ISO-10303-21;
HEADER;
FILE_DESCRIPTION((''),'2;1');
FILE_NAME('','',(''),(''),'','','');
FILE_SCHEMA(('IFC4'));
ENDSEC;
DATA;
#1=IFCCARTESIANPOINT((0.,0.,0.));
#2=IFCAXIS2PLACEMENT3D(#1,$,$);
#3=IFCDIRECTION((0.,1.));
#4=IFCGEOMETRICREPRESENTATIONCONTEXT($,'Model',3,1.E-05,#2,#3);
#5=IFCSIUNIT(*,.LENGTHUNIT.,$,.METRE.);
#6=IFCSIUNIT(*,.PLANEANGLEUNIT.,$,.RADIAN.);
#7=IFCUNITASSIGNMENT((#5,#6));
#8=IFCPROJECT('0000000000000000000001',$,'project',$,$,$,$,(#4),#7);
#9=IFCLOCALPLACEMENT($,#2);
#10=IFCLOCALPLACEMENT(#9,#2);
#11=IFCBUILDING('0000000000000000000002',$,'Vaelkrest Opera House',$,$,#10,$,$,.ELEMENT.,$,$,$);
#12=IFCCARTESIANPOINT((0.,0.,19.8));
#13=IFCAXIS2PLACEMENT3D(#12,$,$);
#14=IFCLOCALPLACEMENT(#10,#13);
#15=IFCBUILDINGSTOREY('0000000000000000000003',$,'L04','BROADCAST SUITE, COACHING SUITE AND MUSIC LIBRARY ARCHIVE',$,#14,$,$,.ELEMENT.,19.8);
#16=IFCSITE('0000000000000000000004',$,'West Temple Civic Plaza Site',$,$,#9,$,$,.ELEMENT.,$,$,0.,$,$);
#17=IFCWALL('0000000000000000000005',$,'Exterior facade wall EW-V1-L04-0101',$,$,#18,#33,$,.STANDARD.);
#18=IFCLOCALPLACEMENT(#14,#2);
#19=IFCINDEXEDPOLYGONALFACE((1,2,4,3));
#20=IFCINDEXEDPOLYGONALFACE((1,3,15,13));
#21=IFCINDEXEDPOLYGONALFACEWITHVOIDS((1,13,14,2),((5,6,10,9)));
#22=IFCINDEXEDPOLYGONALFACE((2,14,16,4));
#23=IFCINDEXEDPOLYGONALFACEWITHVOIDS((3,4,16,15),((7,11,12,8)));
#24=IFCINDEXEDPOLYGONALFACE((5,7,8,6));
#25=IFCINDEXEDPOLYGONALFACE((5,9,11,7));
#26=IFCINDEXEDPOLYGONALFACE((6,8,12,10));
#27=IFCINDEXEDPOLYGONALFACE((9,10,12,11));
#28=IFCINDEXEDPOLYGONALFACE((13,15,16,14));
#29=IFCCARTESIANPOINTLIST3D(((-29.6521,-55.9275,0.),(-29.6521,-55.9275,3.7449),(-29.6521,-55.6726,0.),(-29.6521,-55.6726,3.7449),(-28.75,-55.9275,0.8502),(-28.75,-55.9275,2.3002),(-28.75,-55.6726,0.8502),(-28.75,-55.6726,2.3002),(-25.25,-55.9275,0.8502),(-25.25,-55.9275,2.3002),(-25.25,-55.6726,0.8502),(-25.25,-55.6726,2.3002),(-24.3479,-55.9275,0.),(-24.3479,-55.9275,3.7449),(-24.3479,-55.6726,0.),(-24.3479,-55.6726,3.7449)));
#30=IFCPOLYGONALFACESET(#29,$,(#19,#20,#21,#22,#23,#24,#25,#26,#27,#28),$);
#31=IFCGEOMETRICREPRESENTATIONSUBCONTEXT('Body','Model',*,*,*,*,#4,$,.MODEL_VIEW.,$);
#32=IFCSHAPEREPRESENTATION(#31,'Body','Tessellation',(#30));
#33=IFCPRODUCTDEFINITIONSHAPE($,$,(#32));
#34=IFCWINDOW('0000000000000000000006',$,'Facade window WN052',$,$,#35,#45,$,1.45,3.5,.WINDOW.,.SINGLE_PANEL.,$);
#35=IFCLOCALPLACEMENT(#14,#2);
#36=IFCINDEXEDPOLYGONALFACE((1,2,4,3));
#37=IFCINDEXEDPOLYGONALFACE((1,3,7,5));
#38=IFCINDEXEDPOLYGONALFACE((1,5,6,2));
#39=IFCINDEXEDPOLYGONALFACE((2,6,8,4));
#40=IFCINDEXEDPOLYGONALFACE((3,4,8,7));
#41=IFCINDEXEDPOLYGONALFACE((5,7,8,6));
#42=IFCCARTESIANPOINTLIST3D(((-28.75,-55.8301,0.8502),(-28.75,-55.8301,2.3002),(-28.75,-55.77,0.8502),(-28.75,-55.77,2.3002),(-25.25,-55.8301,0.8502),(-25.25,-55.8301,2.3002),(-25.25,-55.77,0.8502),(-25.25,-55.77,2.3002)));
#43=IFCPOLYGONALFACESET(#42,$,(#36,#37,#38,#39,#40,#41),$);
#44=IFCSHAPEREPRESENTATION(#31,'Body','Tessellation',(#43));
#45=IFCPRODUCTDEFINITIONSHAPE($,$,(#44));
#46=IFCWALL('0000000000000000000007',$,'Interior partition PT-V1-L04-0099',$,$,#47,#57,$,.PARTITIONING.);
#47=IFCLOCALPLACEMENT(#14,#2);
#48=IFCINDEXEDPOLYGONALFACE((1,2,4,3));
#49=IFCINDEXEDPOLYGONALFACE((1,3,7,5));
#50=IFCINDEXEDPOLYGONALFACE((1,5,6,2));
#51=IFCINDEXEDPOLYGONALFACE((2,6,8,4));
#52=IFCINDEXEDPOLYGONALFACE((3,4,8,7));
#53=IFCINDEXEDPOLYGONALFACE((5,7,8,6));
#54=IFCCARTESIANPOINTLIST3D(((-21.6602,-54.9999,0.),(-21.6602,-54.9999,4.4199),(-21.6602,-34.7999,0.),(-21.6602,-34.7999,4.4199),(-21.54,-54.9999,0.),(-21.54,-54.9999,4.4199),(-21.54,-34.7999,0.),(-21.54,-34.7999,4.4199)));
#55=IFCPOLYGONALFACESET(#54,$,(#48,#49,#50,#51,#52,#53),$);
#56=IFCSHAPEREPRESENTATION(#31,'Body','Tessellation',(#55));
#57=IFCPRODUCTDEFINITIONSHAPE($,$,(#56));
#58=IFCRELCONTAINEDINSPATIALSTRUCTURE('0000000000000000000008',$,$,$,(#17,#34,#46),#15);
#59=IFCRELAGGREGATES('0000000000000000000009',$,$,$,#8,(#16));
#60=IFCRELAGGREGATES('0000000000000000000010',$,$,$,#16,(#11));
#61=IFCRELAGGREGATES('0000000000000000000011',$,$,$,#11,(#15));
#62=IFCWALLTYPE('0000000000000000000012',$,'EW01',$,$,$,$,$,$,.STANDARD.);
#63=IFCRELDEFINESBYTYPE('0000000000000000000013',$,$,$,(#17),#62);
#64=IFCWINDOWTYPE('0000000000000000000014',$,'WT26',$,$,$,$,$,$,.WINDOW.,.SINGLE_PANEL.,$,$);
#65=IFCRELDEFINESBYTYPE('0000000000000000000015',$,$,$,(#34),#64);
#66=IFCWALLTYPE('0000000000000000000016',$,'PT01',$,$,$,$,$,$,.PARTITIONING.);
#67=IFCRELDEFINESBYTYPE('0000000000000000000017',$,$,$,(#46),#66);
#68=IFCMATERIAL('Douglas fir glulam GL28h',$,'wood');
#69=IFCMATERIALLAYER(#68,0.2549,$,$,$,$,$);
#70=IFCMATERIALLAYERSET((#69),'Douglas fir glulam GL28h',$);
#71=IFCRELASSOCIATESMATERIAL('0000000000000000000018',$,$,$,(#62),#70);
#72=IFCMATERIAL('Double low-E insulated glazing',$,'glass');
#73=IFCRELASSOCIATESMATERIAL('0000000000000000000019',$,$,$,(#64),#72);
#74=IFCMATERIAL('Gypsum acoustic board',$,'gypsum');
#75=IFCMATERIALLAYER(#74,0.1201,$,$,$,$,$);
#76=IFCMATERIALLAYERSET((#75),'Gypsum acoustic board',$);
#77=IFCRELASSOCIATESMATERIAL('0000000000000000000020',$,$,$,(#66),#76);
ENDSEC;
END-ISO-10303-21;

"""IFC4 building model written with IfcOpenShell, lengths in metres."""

from ifc_helpers import new_model, si_unit, direction, frame, frame_2d, origin, place, context, subcontext, project, spatial, rectangle, extrude, material, layer, layer_set, type_object, element, fill, save


model = new_model("IFC4")

# Units and contexts
model_context = context("Model", 3, precision=1e-05, world=origin(), true_north=direction((0.0, 1.0)))
body_context = subcontext(model_context, "Body", "Model", "MODEL_VIEW")
ifc_project = project(units=[si_unit("LENGTHUNIT", "METRE"), si_unit("PLANEANGLEUNIT", "RADIAN")], contexts=[model_context])

# Site, building, storey
site_placement = place(None, origin())
site = spatial("IfcSite", under=ifc_project, at=site_placement, Name="West Temple Civic Plaza Site", CompositionType="ELEMENT", RefElevation=0.0)
building_placement = place(site_placement, origin())
building = spatial("IfcBuilding", under=site, at=building_placement, Name="Vaelkrest Opera House", CompositionType="ELEMENT")
storey_placement = place(building_placement, frame((0.0, 0.0, 19.8)))
storey = spatial("IfcBuildingStorey", under=building, at=storey_placement, Name="L04", Description="BROADCAST SUITE, COACHING SUITE AND MUSIC LIBRARY ARCHIVE", CompositionType="ELEMENT", Elevation=19.8)

# Shared definitions
ifc_material_1 = material(Name="Double low-E insulated glazing", Category="glass")

# Wall, opening, window
ifc_material_2 = material(Name="Douglas fir glulam GL28h", Category="wood")
ifc_layer_1 = layer(ifc_material_2, 0.2549)
ifc_layer_set_1 = layer_set([ifc_layer_1], Name="Douglas fir glulam GL28h")
wall_type_1 = type_object("IfcWallType", Name="EW01", PredefinedType="STANDARD", material=ifc_layer_set_1)
wall_1_placement = place(storey_placement, frame((-24.3479, -55.8, 0.0), z_axis=(0.0, 0.0, 1.0), x_axis=(-1.0, 0.0, 0.0)))
wall_1 = element("IfcWall", 1, at=wall_1_placement, inside=storey, type_object=wall_type_1, Name="Exterior facade wall EW-V1-L04-0101", PredefinedType="STANDARD", context=body_context, shape_type="SweptSolid", body=[
    extrude(rectangle(XDim=5.3042, YDim=0.2549, at=frame_2d((2.6521, 0.0))), origin(), (0.0, 0.0, 1.0), 3.7449),
])
opening_placement = place(wall_1_placement, frame((0.9021, 0.0, 0.8501)))
opening = element("IfcOpeningElement", 2, at=opening_placement, cuts=wall_1, PredefinedType="OPENING", context=body_context, shape_type="SweptSolid", body=[
    extrude(rectangle(XDim=3.5, YDim=1.45, at=frame_2d((1.75, 0.7251))), frame((0.0, 0.1375, 0.0), z_axis=(0.0, -1.0, 0.0), x_axis=(1.0, 0.0, 0.0)), (0.0, 0.0, 1.0), 0.2749),
])
window_type = type_object("IfcWindowType", Name="WT26", PartitioningType="SINGLE_PANEL", PredefinedType="WINDOW", material=ifc_material_1)
window_placement = place(opening_placement, origin())
window = element("IfcWindow", 3, at=window_placement, inside=storey, type_object=window_type, Name="Facade window WN052", OverallHeight=1.45, OverallWidth=3.5, PartitioningType="SINGLE_PANEL", PredefinedType="WINDOW", context=body_context, shape_type="SweptSolid", body=[
    extrude(rectangle(XDim=3.5, YDim=1.45, at=frame_2d((1.75, 0.7251))), frame((0.0, 0.03, 0.0), z_axis=(0.0, -1.0, 0.0), x_axis=(1.0, 0.0, 0.0)), (0.0, 0.0, 1.0), 0.0601),
])
fill(opening, window)

# Wall
ifc_material_3 = material(Name="Gypsum acoustic board", Category="gypsum")
ifc_layer_2 = layer(ifc_material_3, 0.1201)
ifc_layer_set_2 = layer_set([ifc_layer_2], Name="Gypsum acoustic board")
wall_type_2 = type_object("IfcWallType", Name="PT01", PredefinedType="PARTITIONING", material=ifc_layer_set_2)
wall_2_placement = place(storey_placement, frame((-21.6001, -55.0, 0.0), z_axis=(0.0, 0.0, 1.0), x_axis=(0.0, 1.0, 0.0)))
element("IfcWall", 4, at=wall_2_placement, inside=storey, type_object=wall_type_2, Name="Interior partition PT-V1-L04-0099", PredefinedType="PARTITIONING", context=body_context, shape_type="SweptSolid", body=[
    extrude(rectangle(XDim=20.2, YDim=0.1201, at=frame_2d((10.1001, 0.0))), origin(), (0.0, 0.0, 1.0), 4.4199),
])

save(model, "model.ifc")
